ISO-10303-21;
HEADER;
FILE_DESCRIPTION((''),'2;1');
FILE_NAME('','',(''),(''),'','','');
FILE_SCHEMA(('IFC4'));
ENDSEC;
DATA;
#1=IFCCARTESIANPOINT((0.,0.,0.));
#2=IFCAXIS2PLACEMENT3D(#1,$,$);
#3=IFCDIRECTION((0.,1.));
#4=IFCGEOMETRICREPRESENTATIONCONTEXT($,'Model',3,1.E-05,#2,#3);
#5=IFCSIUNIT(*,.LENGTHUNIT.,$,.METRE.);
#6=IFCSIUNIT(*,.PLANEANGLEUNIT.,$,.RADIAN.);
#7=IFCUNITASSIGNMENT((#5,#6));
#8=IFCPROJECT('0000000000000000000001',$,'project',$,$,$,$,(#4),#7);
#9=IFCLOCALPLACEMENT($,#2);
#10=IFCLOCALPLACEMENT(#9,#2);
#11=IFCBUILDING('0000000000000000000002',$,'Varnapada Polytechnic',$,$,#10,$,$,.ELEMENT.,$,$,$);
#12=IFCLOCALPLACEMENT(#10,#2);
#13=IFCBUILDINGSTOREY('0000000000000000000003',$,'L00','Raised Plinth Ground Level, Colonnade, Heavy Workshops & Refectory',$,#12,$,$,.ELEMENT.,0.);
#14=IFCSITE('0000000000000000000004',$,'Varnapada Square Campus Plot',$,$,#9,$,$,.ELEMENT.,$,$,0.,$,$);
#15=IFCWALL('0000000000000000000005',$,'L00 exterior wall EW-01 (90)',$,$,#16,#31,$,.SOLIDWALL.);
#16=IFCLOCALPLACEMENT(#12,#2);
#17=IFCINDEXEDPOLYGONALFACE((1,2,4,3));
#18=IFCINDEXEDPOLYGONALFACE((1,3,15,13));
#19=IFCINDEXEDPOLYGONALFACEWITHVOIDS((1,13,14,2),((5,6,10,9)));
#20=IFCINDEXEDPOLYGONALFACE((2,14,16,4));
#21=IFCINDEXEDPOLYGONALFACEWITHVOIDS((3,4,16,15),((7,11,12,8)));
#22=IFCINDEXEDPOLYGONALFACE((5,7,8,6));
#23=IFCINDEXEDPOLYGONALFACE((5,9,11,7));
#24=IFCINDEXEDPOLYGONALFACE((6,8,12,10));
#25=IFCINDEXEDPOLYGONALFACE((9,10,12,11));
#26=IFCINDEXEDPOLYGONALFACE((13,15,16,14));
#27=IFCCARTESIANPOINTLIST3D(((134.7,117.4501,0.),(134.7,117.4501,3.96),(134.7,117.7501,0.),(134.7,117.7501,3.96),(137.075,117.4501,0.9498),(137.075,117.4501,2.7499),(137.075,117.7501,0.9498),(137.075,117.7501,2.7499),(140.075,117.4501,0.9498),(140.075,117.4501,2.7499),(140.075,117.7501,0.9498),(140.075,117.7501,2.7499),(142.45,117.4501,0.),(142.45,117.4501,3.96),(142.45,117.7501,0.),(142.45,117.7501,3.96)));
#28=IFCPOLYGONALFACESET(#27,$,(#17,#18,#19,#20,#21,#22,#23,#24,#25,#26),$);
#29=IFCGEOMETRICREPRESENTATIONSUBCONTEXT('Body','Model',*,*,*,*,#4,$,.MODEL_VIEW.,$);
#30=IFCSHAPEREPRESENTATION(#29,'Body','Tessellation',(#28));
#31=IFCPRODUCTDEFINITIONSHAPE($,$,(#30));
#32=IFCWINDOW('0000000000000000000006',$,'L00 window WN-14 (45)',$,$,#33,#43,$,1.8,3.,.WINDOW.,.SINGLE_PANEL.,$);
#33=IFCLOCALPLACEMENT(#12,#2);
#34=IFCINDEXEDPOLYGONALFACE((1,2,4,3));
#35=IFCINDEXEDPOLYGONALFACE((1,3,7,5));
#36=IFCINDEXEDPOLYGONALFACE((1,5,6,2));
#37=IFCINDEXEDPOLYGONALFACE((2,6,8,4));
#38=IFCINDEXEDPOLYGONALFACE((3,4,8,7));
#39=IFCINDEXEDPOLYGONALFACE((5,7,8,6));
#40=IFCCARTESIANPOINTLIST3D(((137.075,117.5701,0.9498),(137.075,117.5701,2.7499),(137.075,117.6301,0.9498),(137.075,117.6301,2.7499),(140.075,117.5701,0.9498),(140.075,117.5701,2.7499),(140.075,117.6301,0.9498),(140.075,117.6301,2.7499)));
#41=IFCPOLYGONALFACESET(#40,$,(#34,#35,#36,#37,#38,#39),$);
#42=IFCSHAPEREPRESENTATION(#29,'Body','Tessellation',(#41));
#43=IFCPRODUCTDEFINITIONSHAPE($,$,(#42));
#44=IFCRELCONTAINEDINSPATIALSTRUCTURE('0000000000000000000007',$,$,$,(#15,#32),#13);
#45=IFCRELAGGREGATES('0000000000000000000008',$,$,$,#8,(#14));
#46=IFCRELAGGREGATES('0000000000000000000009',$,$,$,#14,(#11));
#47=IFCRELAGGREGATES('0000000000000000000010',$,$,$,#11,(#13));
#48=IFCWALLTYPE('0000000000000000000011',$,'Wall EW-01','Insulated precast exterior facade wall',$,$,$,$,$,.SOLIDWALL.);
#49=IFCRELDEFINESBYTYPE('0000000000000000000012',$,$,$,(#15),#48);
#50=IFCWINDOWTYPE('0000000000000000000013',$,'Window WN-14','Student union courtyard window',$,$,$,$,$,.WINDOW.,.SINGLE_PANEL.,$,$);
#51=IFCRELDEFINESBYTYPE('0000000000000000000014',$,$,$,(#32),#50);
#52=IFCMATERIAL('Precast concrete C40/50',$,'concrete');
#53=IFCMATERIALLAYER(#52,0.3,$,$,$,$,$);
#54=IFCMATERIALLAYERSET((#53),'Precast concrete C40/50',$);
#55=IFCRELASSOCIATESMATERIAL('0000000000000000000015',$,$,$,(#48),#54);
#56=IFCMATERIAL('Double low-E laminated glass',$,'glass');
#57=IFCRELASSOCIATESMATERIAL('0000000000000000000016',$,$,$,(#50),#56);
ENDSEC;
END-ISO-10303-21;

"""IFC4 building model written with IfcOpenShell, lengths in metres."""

from ifc_helpers import new_model, si_unit, direction, frame, frame_2d, origin, place, context, subcontext, project, spatial, rectangle, extrude, material, layer, layer_set, type_object, element, fill, save


model = new_model("IFC4")

# Units and contexts
model_context = context("Model", 3, precision=1e-05, world=origin(), true_north=direction((0.0, 1.0)))
body_context = subcontext(model_context, "Body", "Model", "MODEL_VIEW")
ifc_project = project(units=[si_unit("LENGTHUNIT", "METRE"), si_unit("PLANEANGLEUNIT", "RADIAN")], contexts=[model_context])

# Site, building, storey
site_placement = place(None, origin())
site = spatial("IfcSite", under=ifc_project, at=site_placement, Name="Varnapada Square Campus Plot", CompositionType="ELEMENT", RefElevation=0.0)
building_placement = place(site_placement, origin())
building = spatial("IfcBuilding", under=site, at=building_placement, Name="Varnapada Polytechnic", CompositionType="ELEMENT")
storey_placement = place(building_placement, origin())
storey = spatial("IfcBuildingStorey", under=building, at=storey_placement, Name="L00", Description="Raised Plinth Ground Level, Colonnade, Heavy Workshops & Refectory", CompositionType="ELEMENT", Elevation=0.0)

# Wall, opening, window
ifc_material_1 = material(Name="Precast concrete C40/50", Category="concrete")
ifc_layer_1 = layer(ifc_material_1, 0.3)
ifc_layer_set_1 = layer_set([ifc_layer_1], Name="Precast concrete C40/50")
wall_type = type_object("IfcWallType", Name="Wall EW-01", Description="Insulated precast exterior facade wall", PredefinedType="SOLIDWALL", material=ifc_layer_set_1)
wall_placement = place(storey_placement, frame((134.7, 117.6001, 0.0), z_axis=(0.0, 0.0, 1.0), x_axis=(1.0, 0.0, 0.0)))
wall = element("IfcWall", 1, at=wall_placement, inside=storey, type_object=wall_type, Name="L00 exterior wall EW-01 (90)", PredefinedType="SOLIDWALL", context=body_context, shape_type="SweptSolid", body=[
    extrude(rectangle(XDim=7.75, YDim=0.3, at=frame_2d((3.875, 0.0))), origin(), (0.0, 0.0, 1.0), 3.96),
])
opening_1_placement = place(wall_placement, frame((2.375, 0.0, 0.95)))
opening_1 = element("IfcOpeningElement", 2, at=opening_1_placement, cuts=wall, PredefinedType="OPENING", context=body_context, shape_type="SweptSolid", body=[
    extrude(rectangle(XDim=3.0, YDim=1.8, at=frame_2d((1.5, 0.8999))), frame((0.0, 0.1599, 0.0), z_axis=(0.0, -1.0, 0.0), x_axis=(1.0, 0.0, 0.0)), (0.0, 0.0, 1.0), 0.3201),
])
ifc_material_2 = material(Name="Double low-E laminated glass", Category="glass")
window_type = type_object("IfcWindowType", Name="Window WN-14", Description="Student union courtyard window", PartitioningType="SINGLE_PANEL", PredefinedType="WINDOW", material=ifc_material_2)
window_placement = place(opening_1_placement, origin())
window = element("IfcWindow", 3, at=window_placement, inside=storey, type_object=window_type, Name="L00 window WN-14 (45)", OverallHeight=1.8, OverallWidth=3.0, PartitioningType="SINGLE_PANEL", PredefinedType="WINDOW", context=body_context, shape_type="SweptSolid", body=[
    extrude(rectangle(XDim=3.0, YDim=1.8, at=frame_2d((1.5, 0.8999))), frame((0.0, 0.03, 0.0), z_axis=(0.0, -1.0, 0.0), x_axis=(1.0, 0.0, 0.0)), (0.0, 0.0, 1.0), 0.0601),
])
fill(opening_1, window)

save(model, "model.ifc")
